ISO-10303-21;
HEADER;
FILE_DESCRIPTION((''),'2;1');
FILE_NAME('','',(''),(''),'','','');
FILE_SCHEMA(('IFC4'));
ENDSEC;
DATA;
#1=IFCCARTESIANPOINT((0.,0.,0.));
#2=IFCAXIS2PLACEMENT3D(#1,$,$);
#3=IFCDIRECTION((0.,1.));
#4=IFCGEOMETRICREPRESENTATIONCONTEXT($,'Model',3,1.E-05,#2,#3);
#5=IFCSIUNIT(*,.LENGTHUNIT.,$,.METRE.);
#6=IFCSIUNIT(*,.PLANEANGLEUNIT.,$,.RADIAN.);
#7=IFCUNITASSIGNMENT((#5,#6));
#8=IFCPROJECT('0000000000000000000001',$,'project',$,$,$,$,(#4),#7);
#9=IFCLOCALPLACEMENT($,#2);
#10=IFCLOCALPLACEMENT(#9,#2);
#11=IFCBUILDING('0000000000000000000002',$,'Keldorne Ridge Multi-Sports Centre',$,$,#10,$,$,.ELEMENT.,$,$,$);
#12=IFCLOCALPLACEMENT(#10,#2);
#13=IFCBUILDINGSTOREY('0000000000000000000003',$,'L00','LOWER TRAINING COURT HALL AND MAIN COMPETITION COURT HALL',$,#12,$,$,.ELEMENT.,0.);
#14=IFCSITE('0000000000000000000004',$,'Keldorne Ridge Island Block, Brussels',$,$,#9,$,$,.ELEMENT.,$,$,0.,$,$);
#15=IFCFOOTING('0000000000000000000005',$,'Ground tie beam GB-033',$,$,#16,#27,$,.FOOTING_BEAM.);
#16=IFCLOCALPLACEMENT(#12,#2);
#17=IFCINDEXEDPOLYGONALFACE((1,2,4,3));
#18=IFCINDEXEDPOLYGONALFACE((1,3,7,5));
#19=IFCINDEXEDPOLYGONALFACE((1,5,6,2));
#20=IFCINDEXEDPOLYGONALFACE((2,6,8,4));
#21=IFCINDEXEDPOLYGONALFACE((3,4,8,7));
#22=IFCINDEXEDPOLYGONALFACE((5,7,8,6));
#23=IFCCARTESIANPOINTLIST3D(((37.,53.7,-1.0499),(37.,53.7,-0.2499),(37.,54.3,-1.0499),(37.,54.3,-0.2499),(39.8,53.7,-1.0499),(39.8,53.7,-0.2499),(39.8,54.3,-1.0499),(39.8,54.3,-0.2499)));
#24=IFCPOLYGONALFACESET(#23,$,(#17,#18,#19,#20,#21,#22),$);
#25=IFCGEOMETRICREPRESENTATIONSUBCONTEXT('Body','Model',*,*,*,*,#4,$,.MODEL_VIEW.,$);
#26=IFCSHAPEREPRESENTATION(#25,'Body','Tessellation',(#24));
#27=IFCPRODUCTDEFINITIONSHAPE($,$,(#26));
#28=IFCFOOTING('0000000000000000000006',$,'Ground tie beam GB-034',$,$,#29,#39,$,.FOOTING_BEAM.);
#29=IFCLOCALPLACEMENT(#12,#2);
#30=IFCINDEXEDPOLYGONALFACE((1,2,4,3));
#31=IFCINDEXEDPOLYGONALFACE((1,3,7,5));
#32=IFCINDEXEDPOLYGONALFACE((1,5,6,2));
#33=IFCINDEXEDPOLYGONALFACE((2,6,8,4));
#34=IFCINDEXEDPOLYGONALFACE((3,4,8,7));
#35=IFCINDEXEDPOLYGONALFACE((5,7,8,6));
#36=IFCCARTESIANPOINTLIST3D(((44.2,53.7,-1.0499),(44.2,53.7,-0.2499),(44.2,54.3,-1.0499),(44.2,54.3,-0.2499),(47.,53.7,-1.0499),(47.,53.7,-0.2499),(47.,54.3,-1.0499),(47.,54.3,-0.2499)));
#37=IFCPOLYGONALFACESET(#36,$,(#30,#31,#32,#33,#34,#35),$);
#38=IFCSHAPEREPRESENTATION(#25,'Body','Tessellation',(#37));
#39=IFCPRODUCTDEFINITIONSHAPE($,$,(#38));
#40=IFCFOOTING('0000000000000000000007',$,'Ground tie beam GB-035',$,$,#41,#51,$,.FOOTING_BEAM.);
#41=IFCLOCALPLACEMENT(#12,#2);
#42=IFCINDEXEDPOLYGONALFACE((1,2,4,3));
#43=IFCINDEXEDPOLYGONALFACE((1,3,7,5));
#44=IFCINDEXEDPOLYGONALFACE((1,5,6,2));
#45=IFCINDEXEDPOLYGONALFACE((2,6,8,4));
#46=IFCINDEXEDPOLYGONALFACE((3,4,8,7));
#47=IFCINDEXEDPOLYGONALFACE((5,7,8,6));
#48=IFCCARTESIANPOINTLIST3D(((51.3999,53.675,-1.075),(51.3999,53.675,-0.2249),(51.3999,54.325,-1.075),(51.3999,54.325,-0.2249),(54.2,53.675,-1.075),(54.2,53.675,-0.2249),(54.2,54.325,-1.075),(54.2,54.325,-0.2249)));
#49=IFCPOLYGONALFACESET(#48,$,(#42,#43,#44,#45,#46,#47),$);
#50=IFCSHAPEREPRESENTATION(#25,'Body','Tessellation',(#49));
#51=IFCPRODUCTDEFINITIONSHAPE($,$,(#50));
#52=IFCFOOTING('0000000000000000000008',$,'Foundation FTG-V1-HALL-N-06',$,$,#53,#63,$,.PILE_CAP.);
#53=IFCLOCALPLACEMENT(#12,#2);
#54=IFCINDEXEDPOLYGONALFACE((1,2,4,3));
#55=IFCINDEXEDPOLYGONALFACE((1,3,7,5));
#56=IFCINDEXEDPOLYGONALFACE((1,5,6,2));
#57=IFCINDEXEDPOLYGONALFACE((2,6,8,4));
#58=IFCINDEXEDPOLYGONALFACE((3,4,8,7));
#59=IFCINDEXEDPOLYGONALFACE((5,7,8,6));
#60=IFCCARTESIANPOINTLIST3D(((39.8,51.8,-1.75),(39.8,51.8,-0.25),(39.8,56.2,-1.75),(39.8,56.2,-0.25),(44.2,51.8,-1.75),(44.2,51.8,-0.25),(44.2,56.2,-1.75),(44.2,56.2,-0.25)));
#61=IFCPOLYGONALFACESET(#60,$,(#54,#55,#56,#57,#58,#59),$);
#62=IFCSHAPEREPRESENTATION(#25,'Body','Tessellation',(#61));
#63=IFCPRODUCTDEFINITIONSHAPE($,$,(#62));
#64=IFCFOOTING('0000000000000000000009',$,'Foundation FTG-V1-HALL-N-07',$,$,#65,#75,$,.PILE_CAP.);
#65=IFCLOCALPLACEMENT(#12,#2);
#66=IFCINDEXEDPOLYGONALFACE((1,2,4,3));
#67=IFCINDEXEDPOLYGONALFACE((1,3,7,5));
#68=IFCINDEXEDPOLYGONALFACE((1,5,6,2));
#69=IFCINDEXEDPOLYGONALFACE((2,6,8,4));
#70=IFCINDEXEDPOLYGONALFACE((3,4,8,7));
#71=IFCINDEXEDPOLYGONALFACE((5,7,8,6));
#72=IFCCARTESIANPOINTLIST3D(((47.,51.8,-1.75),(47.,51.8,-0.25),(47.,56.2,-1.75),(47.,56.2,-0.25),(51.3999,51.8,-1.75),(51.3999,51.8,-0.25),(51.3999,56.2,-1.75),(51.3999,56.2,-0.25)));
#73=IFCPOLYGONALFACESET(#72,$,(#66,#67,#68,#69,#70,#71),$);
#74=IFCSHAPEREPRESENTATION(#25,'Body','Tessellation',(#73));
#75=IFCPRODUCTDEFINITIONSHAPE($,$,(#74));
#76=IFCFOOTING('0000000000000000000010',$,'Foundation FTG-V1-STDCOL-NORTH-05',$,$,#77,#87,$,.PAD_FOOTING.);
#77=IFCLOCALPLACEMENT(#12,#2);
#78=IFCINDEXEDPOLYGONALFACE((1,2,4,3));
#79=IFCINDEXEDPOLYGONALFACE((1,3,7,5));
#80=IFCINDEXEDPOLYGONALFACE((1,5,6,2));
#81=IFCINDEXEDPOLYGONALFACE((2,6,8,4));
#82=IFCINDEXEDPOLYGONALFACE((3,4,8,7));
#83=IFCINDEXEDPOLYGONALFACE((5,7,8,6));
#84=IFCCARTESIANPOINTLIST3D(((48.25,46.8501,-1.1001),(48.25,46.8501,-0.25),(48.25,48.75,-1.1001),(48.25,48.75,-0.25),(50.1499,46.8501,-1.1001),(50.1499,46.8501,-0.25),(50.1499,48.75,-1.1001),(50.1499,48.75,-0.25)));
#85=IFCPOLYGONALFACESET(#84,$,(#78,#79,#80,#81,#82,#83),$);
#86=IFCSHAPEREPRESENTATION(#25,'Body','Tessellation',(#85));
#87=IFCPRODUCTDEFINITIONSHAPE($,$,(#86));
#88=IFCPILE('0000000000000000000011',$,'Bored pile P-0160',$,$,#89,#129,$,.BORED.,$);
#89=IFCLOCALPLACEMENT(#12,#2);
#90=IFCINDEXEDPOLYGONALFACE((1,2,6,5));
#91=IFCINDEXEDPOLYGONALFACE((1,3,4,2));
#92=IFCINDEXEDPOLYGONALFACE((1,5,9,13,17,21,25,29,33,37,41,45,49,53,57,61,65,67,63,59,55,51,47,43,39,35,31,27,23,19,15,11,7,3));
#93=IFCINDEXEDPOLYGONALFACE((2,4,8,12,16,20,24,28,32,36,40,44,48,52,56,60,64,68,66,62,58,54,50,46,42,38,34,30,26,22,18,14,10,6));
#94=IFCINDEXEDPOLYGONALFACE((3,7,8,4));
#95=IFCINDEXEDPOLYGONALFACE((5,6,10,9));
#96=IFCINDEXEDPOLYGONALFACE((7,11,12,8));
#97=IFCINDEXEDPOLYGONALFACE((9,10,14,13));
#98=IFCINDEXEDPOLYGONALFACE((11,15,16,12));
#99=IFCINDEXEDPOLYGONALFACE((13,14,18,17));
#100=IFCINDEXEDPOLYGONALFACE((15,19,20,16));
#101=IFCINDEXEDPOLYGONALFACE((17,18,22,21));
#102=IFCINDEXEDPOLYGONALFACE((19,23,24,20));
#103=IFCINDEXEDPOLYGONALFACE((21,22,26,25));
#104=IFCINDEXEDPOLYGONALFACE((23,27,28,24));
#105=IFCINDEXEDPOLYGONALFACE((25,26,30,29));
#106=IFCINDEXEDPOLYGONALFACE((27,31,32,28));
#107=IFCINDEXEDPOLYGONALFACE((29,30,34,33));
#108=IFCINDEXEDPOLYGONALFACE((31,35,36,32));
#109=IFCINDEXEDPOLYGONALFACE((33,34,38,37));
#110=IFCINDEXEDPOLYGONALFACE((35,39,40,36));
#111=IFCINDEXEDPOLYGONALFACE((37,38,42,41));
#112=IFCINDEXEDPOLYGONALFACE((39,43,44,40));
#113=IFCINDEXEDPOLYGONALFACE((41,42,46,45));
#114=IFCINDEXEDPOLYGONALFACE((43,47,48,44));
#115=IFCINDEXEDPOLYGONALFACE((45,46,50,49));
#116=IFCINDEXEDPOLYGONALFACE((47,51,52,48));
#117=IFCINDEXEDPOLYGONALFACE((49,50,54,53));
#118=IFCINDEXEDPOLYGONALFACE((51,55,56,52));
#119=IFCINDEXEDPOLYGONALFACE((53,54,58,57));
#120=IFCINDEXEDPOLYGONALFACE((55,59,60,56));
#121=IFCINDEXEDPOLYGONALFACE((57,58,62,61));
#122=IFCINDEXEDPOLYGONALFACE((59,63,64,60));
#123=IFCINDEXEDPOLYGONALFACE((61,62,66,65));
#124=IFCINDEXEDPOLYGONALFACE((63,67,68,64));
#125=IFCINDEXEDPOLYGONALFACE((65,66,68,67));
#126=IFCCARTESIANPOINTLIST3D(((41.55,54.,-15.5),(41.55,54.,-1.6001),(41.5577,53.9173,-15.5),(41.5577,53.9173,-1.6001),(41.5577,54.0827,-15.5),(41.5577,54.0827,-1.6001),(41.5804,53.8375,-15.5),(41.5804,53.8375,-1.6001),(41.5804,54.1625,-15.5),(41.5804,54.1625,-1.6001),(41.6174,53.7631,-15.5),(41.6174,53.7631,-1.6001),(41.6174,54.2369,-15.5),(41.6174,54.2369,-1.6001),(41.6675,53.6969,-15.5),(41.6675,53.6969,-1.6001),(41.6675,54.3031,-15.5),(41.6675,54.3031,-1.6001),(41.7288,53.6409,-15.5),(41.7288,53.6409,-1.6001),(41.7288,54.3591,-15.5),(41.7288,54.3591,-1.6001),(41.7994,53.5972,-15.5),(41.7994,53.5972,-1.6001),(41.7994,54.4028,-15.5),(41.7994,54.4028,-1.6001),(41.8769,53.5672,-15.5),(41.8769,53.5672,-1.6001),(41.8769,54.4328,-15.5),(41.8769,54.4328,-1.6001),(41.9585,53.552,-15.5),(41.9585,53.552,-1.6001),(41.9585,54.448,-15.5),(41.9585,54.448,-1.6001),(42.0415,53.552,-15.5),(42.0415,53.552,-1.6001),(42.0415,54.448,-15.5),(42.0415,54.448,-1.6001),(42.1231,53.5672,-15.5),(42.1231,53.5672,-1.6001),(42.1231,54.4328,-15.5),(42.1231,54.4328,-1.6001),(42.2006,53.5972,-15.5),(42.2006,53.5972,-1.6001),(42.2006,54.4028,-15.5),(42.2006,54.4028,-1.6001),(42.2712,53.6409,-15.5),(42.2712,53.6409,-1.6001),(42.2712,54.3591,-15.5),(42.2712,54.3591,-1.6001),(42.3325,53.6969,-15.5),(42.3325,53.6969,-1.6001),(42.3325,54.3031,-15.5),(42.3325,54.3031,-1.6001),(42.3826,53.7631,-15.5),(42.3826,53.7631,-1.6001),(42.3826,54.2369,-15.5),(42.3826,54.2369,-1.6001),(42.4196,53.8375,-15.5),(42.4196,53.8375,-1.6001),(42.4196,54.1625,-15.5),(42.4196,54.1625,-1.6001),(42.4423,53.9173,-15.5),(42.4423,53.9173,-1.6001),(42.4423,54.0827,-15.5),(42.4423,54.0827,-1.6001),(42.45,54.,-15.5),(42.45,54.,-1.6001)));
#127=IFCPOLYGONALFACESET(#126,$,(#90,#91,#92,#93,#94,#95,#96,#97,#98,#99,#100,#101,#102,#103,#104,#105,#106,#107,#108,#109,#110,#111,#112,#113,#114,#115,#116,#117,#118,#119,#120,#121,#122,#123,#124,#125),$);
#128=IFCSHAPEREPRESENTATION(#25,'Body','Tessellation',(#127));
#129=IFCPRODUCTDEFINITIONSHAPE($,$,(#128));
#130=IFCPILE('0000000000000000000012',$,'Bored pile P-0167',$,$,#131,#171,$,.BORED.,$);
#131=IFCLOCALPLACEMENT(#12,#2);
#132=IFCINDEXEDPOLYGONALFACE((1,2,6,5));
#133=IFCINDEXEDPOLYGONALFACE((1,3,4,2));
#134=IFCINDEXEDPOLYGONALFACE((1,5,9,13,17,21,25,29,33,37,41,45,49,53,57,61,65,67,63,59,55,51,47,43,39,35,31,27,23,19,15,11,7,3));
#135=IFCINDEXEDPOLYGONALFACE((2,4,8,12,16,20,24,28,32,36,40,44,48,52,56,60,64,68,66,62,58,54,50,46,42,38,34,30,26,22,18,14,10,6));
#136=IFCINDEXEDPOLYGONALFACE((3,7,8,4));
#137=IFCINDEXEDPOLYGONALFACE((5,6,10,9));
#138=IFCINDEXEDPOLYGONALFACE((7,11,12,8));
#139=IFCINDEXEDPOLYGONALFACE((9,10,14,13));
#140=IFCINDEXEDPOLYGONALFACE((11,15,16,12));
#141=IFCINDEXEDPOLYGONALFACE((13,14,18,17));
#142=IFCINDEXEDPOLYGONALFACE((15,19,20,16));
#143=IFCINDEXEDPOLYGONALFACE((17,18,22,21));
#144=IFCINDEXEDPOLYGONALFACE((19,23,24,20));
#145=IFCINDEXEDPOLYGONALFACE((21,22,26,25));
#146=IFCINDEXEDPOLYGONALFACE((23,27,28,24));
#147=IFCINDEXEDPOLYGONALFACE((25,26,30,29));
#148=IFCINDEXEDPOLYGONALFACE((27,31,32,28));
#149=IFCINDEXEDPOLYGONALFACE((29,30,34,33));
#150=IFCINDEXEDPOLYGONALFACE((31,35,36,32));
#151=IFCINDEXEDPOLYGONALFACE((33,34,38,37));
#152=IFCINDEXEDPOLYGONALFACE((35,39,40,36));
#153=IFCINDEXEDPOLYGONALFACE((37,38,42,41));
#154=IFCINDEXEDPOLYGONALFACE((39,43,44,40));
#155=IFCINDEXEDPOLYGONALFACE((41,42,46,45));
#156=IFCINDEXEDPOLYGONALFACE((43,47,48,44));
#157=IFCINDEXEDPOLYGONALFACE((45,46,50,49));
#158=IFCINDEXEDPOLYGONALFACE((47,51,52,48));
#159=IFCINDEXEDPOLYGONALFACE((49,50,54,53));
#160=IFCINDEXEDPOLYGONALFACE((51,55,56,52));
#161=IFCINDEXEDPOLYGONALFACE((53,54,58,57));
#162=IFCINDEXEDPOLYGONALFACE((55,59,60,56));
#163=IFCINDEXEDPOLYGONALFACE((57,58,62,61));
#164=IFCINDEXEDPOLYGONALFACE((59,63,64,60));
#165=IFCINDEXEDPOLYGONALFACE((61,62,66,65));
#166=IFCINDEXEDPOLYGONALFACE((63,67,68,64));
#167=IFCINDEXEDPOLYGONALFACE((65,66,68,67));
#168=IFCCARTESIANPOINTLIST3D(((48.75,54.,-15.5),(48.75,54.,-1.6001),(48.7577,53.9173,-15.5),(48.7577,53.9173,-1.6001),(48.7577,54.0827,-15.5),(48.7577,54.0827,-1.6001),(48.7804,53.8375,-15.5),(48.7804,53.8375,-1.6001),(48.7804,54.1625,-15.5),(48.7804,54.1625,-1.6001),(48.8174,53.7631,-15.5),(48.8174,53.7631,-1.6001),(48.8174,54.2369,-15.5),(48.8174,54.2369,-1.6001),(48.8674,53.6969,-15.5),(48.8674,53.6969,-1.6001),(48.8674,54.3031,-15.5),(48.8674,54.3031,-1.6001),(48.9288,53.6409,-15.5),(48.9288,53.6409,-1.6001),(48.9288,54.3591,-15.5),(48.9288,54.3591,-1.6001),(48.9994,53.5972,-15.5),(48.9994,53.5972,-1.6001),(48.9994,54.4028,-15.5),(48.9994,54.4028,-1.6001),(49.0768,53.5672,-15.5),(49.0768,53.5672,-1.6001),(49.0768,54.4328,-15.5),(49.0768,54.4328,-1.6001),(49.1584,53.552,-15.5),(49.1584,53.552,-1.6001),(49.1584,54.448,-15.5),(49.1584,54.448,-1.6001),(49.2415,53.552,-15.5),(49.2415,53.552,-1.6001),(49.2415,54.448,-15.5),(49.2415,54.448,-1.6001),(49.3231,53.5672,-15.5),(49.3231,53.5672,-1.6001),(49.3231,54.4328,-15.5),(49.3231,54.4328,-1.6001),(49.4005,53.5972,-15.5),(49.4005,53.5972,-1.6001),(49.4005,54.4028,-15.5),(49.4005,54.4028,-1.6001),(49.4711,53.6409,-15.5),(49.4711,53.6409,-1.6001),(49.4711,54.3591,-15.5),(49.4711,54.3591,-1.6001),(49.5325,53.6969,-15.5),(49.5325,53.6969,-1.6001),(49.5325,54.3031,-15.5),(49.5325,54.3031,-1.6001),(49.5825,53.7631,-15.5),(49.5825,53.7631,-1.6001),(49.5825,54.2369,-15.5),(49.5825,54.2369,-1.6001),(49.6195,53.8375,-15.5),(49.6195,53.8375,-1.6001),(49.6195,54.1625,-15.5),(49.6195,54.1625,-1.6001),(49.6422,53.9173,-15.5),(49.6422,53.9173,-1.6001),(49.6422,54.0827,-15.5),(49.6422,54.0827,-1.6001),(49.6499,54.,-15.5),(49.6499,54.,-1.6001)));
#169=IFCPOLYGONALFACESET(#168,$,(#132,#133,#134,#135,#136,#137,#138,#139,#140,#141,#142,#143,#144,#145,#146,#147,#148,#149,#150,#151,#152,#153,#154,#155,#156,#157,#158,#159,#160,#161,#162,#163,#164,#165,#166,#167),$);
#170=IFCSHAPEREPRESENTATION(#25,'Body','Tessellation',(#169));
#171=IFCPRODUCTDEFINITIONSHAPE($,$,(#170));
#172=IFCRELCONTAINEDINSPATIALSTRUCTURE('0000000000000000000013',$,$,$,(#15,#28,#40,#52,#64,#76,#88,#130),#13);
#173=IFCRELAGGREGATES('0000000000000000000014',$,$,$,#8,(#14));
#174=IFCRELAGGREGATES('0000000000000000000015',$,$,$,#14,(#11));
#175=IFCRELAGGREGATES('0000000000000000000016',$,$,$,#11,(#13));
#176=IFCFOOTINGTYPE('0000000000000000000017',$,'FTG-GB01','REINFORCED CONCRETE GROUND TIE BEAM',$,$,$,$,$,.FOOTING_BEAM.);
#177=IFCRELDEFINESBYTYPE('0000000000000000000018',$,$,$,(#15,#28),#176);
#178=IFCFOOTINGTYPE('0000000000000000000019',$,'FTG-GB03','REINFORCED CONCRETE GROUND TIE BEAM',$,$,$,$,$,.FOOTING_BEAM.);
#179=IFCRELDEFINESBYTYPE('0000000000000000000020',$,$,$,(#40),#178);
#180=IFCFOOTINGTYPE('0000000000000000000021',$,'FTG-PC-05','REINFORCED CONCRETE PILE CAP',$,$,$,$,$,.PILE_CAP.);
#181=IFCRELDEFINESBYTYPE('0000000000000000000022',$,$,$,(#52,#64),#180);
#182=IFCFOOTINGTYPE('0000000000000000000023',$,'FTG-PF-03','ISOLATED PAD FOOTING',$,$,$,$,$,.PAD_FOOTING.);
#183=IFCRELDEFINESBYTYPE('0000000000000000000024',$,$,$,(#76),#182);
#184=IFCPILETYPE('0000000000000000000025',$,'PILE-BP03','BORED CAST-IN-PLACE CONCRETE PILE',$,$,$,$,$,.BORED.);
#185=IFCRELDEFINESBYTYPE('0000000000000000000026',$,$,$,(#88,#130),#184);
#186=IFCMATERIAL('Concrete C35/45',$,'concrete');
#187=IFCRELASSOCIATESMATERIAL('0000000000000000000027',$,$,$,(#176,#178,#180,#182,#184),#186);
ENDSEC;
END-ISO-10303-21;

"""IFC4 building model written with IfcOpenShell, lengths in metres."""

from ifc_helpers import new_model, si_unit, direction, frame, origin, origin_2d, place, context, subcontext, project, spatial, rectangle, circle, extrude, material, material_profile, profile_set, type_object, element, save


model = new_model("IFC4")

# Units and contexts
model_context = context("Model", 3, precision=1e-05, world=origin(), true_north=direction((0.0, 1.0)))
body_context = subcontext(model_context, "Body", "Model", "MODEL_VIEW")
ifc_project = project(units=[si_unit("LENGTHUNIT", "METRE"), si_unit("PLANEANGLEUNIT", "RADIAN")], contexts=[model_context])

# Site, building, storey
site_placement = place(None, origin())
site = spatial("IfcSite", under=ifc_project, at=site_placement, Name="Keldorne Ridge Island Block, Brussels", CompositionType="ELEMENT", RefElevation=0.0)
building_placement = place(site_placement, origin())
building = spatial("IfcBuilding", under=site, at=building_placement, Name="Keldorne Ridge Multi-Sports Centre", CompositionType="ELEMENT")
storey_placement = place(building_placement, origin())
storey = spatial("IfcBuildingStorey", under=building, at=storey_placement, Name="L00", Description="LOWER TRAINING COURT HALL AND MAIN COMPETITION COURT HALL", CompositionType="ELEMENT", Elevation=0.0)

# Footings
ifc_material_1 = material(Name="Concrete C35/45", Category="concrete")
ifc_material_profile_1 = material_profile(ifc_material_1, rectangle(XDim=0.6001, YDim=0.8, at=origin_2d()), Name="GB 600x800")
ifc_profile_set_1 = profile_set([ifc_material_profile_1], Name="Concrete C35/45")
footing_type_1 = type_object("IfcFootingType", Name="FTG-GB01", Description="REINFORCED CONCRETE GROUND TIE BEAM", PredefinedType="FOOTING_BEAM", material=ifc_profile_set_1)
for number, where, z_axis, x_axis, name in (
    (1, (37.0, 54.0, -0.6499), (1.0, 0.0, 0.0), (0.0, 1.0, 0.0), "Ground tie beam GB-033"),
    (2, (44.2, 54.0, -0.6499), (1.0, 0.0, 0.0), (0.0, 1.0, 0.0), "Ground tie beam GB-034"),
):
    element("IfcFooting", number, at=place(storey_placement, frame(where, z_axis=z_axis, x_axis=x_axis)), inside=storey, type_object=footing_type_1, Name=name, PredefinedType="FOOTING_BEAM", context=body_context, shape_type="SweptSolid", body=[
        extrude(rectangle(XDim=0.6001, YDim=0.8, at=origin_2d()), origin(), (0.0, 0.0, 1.0), 2.8),
    ])
ifc_material_profile_2 = material_profile(ifc_material_1, rectangle(XDim=0.6499, YDim=0.8501, at=origin_2d()), Name="GB 650x850")
ifc_profile_set_2 = profile_set([ifc_material_profile_2], Name="Concrete C35/45")
footing_type_2 = type_object("IfcFootingType", Name="FTG-GB03", Description="REINFORCED CONCRETE GROUND TIE BEAM", PredefinedType="FOOTING_BEAM", material=ifc_profile_set_2)
footing_1_placement = place(storey_placement, frame((51.3999, 54.0, -0.6499), z_axis=(1.0, 0.0, 0.0), x_axis=(0.0, 1.0, 0.0)))
element("IfcFooting", 3, at=footing_1_placement, inside=storey, type_object=footing_type_2, Name="Ground tie beam GB-035", PredefinedType="FOOTING_BEAM", context=body_context, shape_type="SweptSolid", body=[
    extrude(rectangle(XDim=0.6499, YDim=0.8501, at=origin_2d()), origin(), (0.0, 0.0, 1.0), 2.8),
])
footing_type_3 = type_object("IfcFootingType", Name="FTG-PC-05", Description="REINFORCED CONCRETE PILE CAP", PredefinedType="PILE_CAP", material=ifc_material_1)
for number, where, z_axis, x_axis, name in (
    (4, (42.0, 54.0, -1.75), (0.0, 0.0, 1.0), (1.0, 0.0, 0.0), "Foundation FTG-V1-HALL-N-06"),
    (5, (49.2, 54.0, -1.75), (0.0, 0.0, 1.0), (1.0, 0.0, 0.0), "Foundation FTG-V1-HALL-N-07"),
):
    element("IfcFooting", number, at=place(storey_placement, frame(where, z_axis=z_axis, x_axis=x_axis)), inside=storey, type_object=footing_type_3, Name=name, PredefinedType="PILE_CAP", context=body_context, shape_type="SweptSolid", body=[
        extrude(rectangle(XDim=4.3999, YDim=4.3999, at=origin_2d()), origin(), (0.0, 0.0, 1.0), 1.5),
    ])
footing_type_4 = type_object("IfcFootingType", Name="FTG-PF-03", Description="ISOLATED PAD FOOTING", PredefinedType="PAD_FOOTING", material=ifc_material_1)
footing_2_placement = place(storey_placement, frame((49.2, 47.8, -1.1001), z_axis=(0.0, 0.0, 1.0), x_axis=(1.0, 0.0, 0.0)))
element("IfcFooting", 6, at=footing_2_placement, inside=storey, type_object=footing_type_4, Name="Foundation FTG-V1-STDCOL-NORTH-05", PredefinedType="PAD_FOOTING", context=body_context, shape_type="SweptSolid", body=[
    extrude(rectangle(XDim=1.8999, YDim=1.8999, at=origin_2d()), origin(), (0.0, 0.0, 1.0), 0.8501),
])

# Piles
ifc_material_profile_3 = material_profile(ifc_material_1, circle(Radius=0.45, at=origin_2d()), Name="BORED PILE D900")
ifc_profile_set_3 = profile_set([ifc_material_profile_3], Name="Concrete C35/45")
pile_type = type_object("IfcPileType", Name="PILE-BP03", Description="BORED CAST-IN-PLACE CONCRETE PILE", PredefinedType="BORED", material=ifc_profile_set_3)
for number, where, z_axis, x_axis, name in (
    (7, (42.0, 54.0, -1.6001), (0.0, 0.0, -1.0), (1.0, 0.0, 0.0), "Bored pile P-0160"),
    (8, (49.2, 54.0, -1.6001), (0.0, 0.0, -1.0), (1.0, 0.0, 0.0), "Bored pile P-0167"),
):
    element("IfcPile", number, at=place(storey_placement, frame(where, z_axis=z_axis, x_axis=x_axis)), inside=storey, type_object=pile_type, Name=name, PredefinedType="BORED", context=body_context, shape_type="SweptSolid", body=[
        extrude(circle(Radius=0.45, at=origin_2d()), origin(), (0.0, 0.0, 1.0), 13.8999),
    ])

save(model, "model.ifc")
